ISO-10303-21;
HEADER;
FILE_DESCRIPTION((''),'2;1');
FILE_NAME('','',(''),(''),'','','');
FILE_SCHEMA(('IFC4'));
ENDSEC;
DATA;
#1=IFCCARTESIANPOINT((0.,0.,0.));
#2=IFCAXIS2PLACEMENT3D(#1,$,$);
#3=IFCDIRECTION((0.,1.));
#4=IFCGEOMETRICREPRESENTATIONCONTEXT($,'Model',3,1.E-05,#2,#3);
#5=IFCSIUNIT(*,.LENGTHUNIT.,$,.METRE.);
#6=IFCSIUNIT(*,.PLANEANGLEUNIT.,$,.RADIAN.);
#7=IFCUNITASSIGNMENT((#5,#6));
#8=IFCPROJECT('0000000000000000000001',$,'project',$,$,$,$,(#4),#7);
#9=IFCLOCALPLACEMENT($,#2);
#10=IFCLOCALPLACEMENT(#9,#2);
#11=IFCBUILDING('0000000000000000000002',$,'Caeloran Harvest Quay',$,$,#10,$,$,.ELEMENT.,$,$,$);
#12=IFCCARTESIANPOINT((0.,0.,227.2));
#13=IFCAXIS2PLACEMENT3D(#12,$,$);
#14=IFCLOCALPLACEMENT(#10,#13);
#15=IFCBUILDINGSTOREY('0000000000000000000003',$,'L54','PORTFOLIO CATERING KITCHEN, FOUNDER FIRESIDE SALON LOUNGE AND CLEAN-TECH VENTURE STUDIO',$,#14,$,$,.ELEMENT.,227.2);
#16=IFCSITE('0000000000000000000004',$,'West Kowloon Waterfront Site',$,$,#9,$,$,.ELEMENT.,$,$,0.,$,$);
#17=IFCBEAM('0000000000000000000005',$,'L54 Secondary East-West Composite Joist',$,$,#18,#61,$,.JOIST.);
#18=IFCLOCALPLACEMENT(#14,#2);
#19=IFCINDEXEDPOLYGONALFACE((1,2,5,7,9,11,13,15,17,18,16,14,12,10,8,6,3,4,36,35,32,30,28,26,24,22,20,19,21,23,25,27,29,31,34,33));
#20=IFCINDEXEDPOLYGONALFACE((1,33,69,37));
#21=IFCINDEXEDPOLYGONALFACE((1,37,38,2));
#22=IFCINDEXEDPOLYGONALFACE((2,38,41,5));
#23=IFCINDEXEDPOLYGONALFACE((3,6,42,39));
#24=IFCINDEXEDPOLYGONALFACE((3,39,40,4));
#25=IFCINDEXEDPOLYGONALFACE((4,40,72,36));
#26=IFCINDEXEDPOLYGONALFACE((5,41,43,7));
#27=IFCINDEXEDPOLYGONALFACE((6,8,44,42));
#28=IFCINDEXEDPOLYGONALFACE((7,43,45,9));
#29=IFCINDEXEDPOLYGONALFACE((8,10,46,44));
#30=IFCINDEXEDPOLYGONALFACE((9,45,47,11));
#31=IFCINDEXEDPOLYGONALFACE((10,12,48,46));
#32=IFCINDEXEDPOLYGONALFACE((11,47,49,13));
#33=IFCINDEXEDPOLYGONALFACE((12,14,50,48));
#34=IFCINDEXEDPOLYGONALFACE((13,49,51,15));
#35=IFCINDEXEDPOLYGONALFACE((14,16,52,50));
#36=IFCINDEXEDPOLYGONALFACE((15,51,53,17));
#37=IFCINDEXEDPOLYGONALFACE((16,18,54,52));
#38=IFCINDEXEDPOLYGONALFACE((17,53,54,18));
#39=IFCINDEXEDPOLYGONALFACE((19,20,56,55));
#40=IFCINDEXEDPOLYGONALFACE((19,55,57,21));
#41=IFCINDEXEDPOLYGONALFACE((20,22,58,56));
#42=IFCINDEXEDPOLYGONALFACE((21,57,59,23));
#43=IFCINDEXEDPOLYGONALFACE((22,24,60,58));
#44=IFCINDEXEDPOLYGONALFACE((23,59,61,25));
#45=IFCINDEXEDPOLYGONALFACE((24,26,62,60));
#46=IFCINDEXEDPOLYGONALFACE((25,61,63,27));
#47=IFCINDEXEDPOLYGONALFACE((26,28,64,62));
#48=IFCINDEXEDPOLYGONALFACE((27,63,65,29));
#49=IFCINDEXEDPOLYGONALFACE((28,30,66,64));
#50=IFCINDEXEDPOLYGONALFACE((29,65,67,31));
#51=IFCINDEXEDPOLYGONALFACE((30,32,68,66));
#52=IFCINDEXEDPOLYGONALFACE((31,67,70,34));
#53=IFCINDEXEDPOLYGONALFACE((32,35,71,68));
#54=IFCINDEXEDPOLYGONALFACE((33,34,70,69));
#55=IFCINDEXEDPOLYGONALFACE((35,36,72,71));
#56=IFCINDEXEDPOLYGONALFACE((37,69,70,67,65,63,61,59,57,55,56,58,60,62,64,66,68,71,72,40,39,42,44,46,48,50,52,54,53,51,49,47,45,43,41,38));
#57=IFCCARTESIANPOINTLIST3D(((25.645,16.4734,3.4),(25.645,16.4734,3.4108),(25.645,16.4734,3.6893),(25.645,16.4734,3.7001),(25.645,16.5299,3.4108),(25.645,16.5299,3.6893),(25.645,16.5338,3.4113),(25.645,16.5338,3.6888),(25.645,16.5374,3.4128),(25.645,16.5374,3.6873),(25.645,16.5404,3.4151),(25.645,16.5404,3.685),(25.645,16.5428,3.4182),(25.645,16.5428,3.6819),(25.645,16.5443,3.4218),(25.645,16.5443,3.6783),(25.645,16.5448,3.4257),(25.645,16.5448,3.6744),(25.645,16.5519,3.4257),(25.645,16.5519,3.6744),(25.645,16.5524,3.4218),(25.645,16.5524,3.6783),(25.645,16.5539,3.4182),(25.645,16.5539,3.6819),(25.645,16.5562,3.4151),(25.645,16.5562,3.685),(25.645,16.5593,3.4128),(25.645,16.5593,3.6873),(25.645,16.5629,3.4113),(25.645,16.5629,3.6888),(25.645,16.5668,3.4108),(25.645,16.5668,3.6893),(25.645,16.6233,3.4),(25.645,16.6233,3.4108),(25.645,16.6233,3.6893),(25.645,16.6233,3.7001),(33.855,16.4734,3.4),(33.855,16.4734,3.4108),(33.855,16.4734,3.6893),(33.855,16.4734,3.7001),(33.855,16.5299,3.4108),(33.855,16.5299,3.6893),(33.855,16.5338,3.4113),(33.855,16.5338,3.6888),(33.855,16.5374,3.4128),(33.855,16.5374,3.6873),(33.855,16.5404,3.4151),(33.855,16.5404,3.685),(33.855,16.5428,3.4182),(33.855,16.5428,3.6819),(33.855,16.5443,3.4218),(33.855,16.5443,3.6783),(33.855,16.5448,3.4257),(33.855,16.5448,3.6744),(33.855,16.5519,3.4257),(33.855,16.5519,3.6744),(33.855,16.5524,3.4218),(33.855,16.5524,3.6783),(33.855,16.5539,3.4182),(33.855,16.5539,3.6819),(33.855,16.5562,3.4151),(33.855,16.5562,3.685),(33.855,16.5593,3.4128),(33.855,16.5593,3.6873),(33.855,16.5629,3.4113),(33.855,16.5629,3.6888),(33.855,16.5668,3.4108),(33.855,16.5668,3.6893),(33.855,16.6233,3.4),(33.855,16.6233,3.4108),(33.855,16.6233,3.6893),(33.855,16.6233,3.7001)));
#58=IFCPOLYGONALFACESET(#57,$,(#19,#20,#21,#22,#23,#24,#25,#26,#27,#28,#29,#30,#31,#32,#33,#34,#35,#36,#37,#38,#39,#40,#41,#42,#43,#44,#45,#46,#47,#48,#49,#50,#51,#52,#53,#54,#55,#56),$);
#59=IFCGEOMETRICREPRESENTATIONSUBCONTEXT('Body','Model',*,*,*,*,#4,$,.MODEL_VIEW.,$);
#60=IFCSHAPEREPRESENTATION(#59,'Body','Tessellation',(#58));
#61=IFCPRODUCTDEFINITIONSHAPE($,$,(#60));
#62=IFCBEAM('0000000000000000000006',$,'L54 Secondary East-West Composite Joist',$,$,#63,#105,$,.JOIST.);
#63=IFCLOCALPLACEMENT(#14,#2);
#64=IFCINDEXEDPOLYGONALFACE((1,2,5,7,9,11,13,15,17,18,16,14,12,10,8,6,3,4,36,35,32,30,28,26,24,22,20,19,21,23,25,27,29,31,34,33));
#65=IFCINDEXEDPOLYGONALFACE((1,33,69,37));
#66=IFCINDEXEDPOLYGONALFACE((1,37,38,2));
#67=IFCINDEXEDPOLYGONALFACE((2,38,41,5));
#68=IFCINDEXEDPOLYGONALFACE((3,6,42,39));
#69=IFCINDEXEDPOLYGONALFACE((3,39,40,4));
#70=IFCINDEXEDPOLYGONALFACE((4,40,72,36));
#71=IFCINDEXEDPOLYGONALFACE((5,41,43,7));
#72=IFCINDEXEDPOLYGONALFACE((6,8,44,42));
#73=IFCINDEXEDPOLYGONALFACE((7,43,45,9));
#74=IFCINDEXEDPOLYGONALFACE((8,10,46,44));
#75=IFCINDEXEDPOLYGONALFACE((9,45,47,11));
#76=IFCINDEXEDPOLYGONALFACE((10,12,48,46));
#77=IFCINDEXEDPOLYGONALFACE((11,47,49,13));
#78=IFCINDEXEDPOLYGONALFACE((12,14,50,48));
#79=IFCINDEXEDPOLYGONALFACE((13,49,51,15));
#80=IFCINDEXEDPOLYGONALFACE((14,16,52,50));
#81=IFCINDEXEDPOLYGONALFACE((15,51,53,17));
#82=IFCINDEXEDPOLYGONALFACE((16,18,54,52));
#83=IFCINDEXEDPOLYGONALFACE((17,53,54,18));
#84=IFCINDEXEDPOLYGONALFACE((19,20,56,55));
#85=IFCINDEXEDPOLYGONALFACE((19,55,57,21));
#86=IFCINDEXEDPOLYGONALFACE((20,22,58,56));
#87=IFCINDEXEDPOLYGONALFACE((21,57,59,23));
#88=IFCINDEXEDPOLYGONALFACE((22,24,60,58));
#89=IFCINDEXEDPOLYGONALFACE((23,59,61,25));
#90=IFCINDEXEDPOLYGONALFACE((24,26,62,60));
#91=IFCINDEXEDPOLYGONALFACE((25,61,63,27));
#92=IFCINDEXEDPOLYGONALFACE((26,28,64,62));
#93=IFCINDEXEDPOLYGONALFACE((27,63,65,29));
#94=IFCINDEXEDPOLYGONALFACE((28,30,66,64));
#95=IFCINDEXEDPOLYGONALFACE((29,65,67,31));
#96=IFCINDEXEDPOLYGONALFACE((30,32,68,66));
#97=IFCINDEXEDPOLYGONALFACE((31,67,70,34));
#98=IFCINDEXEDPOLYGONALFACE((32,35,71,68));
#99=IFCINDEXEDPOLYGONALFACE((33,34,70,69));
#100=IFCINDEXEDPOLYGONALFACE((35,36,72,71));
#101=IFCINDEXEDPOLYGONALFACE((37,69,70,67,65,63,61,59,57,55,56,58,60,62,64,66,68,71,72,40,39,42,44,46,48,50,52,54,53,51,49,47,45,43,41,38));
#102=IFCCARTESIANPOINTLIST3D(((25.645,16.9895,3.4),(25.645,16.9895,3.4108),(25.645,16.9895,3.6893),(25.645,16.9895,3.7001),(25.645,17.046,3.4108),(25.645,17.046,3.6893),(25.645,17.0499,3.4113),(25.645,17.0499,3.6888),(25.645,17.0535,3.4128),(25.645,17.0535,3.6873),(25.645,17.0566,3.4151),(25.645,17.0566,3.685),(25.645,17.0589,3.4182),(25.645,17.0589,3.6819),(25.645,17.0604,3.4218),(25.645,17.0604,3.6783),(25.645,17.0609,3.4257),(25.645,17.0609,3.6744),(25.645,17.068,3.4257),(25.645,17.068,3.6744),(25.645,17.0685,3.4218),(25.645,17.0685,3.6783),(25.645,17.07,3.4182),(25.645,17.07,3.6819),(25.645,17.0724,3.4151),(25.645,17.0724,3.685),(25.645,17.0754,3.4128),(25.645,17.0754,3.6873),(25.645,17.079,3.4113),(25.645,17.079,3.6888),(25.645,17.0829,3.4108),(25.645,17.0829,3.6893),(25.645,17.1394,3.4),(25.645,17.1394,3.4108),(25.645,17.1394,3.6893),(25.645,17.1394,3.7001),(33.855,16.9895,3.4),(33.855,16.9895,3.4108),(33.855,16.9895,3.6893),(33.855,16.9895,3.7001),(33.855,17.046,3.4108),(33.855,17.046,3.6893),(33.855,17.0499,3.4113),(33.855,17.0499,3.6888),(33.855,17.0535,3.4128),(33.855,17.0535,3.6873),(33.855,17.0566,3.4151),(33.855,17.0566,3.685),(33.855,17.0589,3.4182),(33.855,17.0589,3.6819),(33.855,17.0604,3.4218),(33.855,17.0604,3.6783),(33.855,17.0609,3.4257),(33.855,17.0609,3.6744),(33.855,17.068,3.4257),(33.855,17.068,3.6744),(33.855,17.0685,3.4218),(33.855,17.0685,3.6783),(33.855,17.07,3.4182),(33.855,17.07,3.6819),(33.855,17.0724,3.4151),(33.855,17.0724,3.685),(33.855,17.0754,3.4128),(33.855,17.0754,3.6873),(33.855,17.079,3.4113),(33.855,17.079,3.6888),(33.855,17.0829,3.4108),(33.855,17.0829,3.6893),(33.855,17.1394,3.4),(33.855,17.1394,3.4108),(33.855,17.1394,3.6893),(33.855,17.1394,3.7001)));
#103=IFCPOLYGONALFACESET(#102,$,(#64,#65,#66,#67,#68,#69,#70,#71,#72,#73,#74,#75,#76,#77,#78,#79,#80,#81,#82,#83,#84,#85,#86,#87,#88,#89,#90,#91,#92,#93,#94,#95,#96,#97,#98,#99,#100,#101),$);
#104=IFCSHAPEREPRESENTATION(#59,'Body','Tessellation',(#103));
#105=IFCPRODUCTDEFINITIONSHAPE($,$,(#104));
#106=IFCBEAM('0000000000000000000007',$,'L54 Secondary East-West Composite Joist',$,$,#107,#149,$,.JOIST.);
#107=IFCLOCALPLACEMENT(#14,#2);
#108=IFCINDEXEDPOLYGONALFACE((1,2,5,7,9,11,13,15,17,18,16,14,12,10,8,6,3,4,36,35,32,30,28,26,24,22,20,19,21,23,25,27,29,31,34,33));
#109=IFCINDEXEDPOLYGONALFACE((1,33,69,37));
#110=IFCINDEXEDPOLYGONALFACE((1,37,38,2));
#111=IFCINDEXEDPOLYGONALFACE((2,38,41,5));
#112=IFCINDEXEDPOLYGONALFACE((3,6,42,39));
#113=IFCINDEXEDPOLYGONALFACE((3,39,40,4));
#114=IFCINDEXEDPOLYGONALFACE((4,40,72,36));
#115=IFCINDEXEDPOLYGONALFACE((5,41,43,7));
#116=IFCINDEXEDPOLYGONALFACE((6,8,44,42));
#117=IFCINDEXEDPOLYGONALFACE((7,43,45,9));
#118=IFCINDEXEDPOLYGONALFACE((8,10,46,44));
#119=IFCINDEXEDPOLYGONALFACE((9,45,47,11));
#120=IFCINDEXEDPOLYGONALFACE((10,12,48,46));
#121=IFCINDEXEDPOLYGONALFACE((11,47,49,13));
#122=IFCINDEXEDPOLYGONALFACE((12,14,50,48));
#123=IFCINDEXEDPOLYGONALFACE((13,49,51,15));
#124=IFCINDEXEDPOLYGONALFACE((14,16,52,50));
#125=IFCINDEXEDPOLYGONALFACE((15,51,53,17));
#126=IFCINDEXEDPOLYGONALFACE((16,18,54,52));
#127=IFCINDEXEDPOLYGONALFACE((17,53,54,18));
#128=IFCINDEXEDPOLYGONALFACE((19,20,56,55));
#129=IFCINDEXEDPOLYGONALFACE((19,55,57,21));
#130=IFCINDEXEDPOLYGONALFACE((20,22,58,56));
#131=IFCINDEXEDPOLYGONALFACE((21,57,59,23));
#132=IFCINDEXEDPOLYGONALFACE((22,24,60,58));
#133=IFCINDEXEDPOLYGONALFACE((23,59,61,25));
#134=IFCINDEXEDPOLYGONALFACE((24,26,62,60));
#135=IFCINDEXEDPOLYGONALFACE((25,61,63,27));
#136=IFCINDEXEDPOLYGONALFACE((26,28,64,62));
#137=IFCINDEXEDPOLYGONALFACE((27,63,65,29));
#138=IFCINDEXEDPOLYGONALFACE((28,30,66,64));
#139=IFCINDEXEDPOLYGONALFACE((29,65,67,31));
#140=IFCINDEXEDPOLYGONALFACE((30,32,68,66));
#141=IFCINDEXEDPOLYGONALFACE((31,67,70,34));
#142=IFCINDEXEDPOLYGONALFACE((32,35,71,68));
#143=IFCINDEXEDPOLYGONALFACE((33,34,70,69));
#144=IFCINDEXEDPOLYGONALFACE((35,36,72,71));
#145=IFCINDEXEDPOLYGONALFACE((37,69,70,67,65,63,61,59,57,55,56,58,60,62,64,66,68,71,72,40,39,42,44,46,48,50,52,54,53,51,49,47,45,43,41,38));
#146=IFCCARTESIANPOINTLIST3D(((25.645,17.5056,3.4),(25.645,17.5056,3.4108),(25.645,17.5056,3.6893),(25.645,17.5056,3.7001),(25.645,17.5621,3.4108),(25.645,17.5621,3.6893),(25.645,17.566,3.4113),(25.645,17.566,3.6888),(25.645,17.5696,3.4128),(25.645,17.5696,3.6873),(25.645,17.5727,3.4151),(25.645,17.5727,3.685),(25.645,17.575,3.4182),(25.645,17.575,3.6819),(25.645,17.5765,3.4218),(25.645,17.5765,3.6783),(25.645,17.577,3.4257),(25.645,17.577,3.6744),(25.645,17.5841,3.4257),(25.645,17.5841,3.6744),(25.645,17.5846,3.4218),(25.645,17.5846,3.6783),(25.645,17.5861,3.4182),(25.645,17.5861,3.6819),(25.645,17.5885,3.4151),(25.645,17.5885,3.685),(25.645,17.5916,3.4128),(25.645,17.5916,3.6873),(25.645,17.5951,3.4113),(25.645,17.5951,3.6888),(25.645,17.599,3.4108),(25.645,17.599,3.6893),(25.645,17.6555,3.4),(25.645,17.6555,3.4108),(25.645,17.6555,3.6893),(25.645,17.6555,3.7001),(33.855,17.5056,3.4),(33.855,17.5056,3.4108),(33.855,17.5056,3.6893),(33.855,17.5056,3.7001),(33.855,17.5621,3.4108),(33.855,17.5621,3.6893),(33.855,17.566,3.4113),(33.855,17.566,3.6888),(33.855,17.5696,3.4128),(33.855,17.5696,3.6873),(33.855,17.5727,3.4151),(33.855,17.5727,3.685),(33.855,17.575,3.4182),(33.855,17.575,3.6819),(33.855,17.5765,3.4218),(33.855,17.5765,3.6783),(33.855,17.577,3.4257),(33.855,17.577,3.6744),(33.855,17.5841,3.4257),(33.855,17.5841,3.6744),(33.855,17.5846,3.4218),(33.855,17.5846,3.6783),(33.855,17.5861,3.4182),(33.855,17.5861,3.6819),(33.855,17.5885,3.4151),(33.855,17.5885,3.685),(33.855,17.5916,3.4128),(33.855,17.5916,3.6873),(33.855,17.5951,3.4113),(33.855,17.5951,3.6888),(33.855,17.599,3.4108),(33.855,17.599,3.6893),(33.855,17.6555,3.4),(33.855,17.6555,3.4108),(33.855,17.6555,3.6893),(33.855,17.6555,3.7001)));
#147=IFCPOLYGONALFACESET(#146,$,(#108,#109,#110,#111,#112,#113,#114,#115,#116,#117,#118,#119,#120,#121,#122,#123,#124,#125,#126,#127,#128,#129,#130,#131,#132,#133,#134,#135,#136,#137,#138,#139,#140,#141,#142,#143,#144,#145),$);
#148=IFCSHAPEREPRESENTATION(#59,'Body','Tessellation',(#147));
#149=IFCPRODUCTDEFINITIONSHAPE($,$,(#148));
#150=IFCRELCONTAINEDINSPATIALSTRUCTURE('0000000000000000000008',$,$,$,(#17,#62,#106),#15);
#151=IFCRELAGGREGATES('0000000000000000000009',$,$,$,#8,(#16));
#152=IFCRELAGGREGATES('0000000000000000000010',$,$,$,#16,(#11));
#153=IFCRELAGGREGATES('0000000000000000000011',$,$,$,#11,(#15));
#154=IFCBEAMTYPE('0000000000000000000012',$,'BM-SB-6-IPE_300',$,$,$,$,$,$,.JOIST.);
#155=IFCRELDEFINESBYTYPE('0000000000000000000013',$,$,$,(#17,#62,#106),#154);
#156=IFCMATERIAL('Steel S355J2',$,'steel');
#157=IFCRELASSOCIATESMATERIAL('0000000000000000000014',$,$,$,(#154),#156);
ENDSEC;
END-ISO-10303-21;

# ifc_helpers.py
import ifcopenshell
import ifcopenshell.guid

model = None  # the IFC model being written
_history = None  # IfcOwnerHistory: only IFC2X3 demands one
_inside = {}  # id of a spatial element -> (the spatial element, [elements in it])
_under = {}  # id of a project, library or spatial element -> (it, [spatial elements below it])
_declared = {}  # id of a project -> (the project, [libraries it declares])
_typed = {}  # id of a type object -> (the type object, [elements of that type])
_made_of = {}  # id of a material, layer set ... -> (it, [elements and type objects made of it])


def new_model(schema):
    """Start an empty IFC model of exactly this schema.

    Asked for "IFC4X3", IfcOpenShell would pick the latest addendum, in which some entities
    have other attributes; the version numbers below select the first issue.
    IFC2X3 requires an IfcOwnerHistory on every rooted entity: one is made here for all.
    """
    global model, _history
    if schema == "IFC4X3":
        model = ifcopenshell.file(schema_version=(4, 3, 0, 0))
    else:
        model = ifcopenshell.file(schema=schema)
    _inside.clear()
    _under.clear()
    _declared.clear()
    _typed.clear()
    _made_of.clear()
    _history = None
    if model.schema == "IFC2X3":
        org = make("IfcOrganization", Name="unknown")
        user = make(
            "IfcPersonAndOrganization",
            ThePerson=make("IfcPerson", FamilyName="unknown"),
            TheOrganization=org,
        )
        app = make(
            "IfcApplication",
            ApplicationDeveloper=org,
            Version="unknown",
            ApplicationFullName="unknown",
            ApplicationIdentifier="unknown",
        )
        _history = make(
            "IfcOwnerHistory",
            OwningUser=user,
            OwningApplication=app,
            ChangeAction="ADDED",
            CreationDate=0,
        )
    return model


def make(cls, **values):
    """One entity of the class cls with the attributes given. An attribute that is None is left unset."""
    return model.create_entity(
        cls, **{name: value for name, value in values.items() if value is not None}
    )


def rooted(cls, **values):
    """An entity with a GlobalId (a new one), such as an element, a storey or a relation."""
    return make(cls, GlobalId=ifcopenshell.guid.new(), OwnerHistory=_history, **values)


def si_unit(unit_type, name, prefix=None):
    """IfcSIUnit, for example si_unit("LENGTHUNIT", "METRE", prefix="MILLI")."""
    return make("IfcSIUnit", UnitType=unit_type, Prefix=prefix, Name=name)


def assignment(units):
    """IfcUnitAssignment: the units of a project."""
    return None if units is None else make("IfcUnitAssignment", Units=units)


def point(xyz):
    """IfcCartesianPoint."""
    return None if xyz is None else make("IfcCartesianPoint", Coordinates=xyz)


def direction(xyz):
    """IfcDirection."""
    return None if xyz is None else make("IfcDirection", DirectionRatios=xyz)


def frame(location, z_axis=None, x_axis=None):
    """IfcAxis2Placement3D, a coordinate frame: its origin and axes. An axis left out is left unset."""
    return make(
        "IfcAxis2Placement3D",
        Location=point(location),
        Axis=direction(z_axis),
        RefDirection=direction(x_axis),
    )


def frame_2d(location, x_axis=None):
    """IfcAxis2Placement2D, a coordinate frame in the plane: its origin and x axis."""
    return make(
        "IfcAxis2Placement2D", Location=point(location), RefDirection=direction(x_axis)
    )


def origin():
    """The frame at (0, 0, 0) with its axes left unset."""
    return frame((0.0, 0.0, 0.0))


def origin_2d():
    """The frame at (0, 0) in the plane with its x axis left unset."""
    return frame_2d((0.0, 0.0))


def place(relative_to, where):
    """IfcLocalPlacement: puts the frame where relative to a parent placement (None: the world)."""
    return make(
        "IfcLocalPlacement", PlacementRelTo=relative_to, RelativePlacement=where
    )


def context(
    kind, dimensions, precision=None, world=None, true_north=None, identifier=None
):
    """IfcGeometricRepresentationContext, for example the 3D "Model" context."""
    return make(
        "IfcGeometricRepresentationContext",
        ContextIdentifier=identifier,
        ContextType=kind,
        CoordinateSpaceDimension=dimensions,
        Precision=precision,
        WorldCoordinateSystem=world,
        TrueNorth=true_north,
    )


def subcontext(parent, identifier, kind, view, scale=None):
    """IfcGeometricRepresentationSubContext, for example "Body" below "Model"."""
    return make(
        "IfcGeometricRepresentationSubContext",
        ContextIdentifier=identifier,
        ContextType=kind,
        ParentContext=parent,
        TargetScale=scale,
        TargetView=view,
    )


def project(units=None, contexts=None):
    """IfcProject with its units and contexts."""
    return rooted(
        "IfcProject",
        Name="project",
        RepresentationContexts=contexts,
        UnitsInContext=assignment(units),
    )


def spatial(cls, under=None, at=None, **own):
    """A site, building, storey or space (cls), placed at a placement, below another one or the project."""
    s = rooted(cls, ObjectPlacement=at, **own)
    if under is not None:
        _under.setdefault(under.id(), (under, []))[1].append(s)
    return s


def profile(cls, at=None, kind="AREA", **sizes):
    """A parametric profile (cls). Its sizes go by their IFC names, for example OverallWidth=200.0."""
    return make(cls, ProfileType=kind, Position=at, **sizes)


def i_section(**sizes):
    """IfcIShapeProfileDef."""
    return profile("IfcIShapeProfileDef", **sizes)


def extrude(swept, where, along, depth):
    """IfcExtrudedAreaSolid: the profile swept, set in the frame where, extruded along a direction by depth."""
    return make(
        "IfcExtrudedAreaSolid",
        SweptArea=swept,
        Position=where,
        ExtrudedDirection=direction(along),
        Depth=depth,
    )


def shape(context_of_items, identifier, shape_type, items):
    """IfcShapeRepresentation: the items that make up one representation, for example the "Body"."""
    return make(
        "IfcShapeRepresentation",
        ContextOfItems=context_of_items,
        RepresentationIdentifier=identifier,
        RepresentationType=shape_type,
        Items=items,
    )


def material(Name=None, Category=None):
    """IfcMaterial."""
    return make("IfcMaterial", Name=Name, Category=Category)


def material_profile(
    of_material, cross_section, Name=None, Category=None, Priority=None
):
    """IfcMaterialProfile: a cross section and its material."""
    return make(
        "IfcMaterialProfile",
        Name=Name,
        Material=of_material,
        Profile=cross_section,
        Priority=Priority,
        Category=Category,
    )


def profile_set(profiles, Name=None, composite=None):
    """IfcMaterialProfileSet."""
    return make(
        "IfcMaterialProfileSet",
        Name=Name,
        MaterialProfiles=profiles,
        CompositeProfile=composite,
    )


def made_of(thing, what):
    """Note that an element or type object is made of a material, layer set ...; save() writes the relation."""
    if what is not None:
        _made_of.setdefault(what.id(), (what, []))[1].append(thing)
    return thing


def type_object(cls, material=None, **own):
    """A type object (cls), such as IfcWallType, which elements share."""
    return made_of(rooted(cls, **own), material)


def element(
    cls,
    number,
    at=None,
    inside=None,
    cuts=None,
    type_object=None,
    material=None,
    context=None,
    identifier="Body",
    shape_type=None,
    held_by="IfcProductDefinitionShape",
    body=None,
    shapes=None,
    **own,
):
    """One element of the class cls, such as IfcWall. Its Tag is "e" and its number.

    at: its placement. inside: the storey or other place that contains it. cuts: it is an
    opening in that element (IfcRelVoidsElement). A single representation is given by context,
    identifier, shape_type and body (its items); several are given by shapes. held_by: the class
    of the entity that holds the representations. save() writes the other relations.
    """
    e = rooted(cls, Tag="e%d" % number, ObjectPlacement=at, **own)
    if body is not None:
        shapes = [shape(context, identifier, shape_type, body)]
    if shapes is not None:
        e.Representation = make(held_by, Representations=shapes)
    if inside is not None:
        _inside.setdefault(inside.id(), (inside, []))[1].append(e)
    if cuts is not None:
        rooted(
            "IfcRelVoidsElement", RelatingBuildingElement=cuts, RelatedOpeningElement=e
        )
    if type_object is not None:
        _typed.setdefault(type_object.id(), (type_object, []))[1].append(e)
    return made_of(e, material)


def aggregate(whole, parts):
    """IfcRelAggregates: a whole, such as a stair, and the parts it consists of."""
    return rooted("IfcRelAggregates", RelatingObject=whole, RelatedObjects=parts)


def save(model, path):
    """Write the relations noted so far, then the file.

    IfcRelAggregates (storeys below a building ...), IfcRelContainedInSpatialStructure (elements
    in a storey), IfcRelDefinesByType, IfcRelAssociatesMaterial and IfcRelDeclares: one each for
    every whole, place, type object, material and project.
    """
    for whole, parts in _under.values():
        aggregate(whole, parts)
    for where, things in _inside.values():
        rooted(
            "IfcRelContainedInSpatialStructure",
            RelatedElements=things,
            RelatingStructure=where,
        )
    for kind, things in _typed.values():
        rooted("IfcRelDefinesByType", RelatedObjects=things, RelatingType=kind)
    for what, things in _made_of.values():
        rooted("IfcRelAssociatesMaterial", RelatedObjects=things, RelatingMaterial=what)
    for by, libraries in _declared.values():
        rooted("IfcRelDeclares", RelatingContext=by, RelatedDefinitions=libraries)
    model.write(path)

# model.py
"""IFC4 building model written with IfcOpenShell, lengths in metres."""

from ifc_helpers import new_model, si_unit, direction, frame, origin, origin_2d, place, context, subcontext, project, spatial, i_section, extrude, material, material_profile, profile_set, type_object, element, save


model = new_model("IFC4")

# Units and contexts
model_context = context("Model", 3, precision=1e-05, world=origin(), true_north=direction((0.0, 1.0)))
body_context = subcontext(model_context, "Body", "Model", "MODEL_VIEW")
ifc_project = project(units=[si_unit("LENGTHUNIT", "METRE"), si_unit("PLANEANGLEUNIT", "RADIAN")], contexts=[model_context])

# Site, building, storey
site_placement = place(None, origin())
site = spatial("IfcSite", under=ifc_project, at=site_placement, Name="West Kowloon Waterfront Site", CompositionType="ELEMENT", RefElevation=0.0)
building_placement = place(site_placement, origin())
building = spatial("IfcBuilding", under=site, at=building_placement, Name="Caeloran Harvest Quay", CompositionType="ELEMENT")
storey_placement = place(building_placement, frame((0.0, 0.0, 227.2)))
storey = spatial("IfcBuildingStorey", under=building, at=storey_placement, Name="L54", Description="PORTFOLIO CATERING KITCHEN, FOUNDER FIRESIDE SALON LOUNGE AND CLEAN-TECH VENTURE STUDIO", CompositionType="ELEMENT", Elevation=227.2)

# Beams
ifc_material_1 = material(Name="Steel S355J2", Category="steel")
ifc_material_profile_1 = material_profile(ifc_material_1, i_section(OverallWidth=0.1499, OverallDepth=0.3, WebThickness=0.0071, FlangeThickness=0.0107, FilletRadius=0.0149, at=origin_2d()), Name="IPE 300")
ifc_profile_set_1 = profile_set([ifc_material_profile_1], Name="Steel S355J2")
beam_type_1 = type_object("IfcBeamType", Name="BM-SB-6-IPE_300", PredefinedType="JOIST", material=ifc_profile_set_1)
for number, where, z_axis, x_axis, name in (
    (1, (25.645, 16.5483, 3.55), (1.0, 0.0, 0.0), (0.0, 1.0, 0.0), "L54 Secondary East-West Composite Joist"),
    (2, (25.645, 17.0645, 3.55), (1.0, 0.0, 0.0), (0.0, 1.0, 0.0), "L54 Secondary East-West Composite Joist"),
    (3, (25.645, 17.5806, 3.55), (1.0, 0.0, 0.0), (0.0, 1.0, 0.0), "L54 Secondary East-West Composite Joist"),
):
    element("IfcBeam", number, at=place(storey_placement, frame(where, z_axis=z_axis, x_axis=x_axis)), inside=storey, type_object=beam_type_1, Name=name, PredefinedType="JOIST", context=body_context, shape_type="SweptSolid", body=[
        extrude(i_section(OverallWidth=0.1499, OverallDepth=0.3, WebThickness=0.0071, FlangeThickness=0.0107, FilletRadius=0.0149, at=origin_2d()), origin(), (0.0, 0.0, 1.0), 8.21),
    ])

save(model, "model.ifc")
